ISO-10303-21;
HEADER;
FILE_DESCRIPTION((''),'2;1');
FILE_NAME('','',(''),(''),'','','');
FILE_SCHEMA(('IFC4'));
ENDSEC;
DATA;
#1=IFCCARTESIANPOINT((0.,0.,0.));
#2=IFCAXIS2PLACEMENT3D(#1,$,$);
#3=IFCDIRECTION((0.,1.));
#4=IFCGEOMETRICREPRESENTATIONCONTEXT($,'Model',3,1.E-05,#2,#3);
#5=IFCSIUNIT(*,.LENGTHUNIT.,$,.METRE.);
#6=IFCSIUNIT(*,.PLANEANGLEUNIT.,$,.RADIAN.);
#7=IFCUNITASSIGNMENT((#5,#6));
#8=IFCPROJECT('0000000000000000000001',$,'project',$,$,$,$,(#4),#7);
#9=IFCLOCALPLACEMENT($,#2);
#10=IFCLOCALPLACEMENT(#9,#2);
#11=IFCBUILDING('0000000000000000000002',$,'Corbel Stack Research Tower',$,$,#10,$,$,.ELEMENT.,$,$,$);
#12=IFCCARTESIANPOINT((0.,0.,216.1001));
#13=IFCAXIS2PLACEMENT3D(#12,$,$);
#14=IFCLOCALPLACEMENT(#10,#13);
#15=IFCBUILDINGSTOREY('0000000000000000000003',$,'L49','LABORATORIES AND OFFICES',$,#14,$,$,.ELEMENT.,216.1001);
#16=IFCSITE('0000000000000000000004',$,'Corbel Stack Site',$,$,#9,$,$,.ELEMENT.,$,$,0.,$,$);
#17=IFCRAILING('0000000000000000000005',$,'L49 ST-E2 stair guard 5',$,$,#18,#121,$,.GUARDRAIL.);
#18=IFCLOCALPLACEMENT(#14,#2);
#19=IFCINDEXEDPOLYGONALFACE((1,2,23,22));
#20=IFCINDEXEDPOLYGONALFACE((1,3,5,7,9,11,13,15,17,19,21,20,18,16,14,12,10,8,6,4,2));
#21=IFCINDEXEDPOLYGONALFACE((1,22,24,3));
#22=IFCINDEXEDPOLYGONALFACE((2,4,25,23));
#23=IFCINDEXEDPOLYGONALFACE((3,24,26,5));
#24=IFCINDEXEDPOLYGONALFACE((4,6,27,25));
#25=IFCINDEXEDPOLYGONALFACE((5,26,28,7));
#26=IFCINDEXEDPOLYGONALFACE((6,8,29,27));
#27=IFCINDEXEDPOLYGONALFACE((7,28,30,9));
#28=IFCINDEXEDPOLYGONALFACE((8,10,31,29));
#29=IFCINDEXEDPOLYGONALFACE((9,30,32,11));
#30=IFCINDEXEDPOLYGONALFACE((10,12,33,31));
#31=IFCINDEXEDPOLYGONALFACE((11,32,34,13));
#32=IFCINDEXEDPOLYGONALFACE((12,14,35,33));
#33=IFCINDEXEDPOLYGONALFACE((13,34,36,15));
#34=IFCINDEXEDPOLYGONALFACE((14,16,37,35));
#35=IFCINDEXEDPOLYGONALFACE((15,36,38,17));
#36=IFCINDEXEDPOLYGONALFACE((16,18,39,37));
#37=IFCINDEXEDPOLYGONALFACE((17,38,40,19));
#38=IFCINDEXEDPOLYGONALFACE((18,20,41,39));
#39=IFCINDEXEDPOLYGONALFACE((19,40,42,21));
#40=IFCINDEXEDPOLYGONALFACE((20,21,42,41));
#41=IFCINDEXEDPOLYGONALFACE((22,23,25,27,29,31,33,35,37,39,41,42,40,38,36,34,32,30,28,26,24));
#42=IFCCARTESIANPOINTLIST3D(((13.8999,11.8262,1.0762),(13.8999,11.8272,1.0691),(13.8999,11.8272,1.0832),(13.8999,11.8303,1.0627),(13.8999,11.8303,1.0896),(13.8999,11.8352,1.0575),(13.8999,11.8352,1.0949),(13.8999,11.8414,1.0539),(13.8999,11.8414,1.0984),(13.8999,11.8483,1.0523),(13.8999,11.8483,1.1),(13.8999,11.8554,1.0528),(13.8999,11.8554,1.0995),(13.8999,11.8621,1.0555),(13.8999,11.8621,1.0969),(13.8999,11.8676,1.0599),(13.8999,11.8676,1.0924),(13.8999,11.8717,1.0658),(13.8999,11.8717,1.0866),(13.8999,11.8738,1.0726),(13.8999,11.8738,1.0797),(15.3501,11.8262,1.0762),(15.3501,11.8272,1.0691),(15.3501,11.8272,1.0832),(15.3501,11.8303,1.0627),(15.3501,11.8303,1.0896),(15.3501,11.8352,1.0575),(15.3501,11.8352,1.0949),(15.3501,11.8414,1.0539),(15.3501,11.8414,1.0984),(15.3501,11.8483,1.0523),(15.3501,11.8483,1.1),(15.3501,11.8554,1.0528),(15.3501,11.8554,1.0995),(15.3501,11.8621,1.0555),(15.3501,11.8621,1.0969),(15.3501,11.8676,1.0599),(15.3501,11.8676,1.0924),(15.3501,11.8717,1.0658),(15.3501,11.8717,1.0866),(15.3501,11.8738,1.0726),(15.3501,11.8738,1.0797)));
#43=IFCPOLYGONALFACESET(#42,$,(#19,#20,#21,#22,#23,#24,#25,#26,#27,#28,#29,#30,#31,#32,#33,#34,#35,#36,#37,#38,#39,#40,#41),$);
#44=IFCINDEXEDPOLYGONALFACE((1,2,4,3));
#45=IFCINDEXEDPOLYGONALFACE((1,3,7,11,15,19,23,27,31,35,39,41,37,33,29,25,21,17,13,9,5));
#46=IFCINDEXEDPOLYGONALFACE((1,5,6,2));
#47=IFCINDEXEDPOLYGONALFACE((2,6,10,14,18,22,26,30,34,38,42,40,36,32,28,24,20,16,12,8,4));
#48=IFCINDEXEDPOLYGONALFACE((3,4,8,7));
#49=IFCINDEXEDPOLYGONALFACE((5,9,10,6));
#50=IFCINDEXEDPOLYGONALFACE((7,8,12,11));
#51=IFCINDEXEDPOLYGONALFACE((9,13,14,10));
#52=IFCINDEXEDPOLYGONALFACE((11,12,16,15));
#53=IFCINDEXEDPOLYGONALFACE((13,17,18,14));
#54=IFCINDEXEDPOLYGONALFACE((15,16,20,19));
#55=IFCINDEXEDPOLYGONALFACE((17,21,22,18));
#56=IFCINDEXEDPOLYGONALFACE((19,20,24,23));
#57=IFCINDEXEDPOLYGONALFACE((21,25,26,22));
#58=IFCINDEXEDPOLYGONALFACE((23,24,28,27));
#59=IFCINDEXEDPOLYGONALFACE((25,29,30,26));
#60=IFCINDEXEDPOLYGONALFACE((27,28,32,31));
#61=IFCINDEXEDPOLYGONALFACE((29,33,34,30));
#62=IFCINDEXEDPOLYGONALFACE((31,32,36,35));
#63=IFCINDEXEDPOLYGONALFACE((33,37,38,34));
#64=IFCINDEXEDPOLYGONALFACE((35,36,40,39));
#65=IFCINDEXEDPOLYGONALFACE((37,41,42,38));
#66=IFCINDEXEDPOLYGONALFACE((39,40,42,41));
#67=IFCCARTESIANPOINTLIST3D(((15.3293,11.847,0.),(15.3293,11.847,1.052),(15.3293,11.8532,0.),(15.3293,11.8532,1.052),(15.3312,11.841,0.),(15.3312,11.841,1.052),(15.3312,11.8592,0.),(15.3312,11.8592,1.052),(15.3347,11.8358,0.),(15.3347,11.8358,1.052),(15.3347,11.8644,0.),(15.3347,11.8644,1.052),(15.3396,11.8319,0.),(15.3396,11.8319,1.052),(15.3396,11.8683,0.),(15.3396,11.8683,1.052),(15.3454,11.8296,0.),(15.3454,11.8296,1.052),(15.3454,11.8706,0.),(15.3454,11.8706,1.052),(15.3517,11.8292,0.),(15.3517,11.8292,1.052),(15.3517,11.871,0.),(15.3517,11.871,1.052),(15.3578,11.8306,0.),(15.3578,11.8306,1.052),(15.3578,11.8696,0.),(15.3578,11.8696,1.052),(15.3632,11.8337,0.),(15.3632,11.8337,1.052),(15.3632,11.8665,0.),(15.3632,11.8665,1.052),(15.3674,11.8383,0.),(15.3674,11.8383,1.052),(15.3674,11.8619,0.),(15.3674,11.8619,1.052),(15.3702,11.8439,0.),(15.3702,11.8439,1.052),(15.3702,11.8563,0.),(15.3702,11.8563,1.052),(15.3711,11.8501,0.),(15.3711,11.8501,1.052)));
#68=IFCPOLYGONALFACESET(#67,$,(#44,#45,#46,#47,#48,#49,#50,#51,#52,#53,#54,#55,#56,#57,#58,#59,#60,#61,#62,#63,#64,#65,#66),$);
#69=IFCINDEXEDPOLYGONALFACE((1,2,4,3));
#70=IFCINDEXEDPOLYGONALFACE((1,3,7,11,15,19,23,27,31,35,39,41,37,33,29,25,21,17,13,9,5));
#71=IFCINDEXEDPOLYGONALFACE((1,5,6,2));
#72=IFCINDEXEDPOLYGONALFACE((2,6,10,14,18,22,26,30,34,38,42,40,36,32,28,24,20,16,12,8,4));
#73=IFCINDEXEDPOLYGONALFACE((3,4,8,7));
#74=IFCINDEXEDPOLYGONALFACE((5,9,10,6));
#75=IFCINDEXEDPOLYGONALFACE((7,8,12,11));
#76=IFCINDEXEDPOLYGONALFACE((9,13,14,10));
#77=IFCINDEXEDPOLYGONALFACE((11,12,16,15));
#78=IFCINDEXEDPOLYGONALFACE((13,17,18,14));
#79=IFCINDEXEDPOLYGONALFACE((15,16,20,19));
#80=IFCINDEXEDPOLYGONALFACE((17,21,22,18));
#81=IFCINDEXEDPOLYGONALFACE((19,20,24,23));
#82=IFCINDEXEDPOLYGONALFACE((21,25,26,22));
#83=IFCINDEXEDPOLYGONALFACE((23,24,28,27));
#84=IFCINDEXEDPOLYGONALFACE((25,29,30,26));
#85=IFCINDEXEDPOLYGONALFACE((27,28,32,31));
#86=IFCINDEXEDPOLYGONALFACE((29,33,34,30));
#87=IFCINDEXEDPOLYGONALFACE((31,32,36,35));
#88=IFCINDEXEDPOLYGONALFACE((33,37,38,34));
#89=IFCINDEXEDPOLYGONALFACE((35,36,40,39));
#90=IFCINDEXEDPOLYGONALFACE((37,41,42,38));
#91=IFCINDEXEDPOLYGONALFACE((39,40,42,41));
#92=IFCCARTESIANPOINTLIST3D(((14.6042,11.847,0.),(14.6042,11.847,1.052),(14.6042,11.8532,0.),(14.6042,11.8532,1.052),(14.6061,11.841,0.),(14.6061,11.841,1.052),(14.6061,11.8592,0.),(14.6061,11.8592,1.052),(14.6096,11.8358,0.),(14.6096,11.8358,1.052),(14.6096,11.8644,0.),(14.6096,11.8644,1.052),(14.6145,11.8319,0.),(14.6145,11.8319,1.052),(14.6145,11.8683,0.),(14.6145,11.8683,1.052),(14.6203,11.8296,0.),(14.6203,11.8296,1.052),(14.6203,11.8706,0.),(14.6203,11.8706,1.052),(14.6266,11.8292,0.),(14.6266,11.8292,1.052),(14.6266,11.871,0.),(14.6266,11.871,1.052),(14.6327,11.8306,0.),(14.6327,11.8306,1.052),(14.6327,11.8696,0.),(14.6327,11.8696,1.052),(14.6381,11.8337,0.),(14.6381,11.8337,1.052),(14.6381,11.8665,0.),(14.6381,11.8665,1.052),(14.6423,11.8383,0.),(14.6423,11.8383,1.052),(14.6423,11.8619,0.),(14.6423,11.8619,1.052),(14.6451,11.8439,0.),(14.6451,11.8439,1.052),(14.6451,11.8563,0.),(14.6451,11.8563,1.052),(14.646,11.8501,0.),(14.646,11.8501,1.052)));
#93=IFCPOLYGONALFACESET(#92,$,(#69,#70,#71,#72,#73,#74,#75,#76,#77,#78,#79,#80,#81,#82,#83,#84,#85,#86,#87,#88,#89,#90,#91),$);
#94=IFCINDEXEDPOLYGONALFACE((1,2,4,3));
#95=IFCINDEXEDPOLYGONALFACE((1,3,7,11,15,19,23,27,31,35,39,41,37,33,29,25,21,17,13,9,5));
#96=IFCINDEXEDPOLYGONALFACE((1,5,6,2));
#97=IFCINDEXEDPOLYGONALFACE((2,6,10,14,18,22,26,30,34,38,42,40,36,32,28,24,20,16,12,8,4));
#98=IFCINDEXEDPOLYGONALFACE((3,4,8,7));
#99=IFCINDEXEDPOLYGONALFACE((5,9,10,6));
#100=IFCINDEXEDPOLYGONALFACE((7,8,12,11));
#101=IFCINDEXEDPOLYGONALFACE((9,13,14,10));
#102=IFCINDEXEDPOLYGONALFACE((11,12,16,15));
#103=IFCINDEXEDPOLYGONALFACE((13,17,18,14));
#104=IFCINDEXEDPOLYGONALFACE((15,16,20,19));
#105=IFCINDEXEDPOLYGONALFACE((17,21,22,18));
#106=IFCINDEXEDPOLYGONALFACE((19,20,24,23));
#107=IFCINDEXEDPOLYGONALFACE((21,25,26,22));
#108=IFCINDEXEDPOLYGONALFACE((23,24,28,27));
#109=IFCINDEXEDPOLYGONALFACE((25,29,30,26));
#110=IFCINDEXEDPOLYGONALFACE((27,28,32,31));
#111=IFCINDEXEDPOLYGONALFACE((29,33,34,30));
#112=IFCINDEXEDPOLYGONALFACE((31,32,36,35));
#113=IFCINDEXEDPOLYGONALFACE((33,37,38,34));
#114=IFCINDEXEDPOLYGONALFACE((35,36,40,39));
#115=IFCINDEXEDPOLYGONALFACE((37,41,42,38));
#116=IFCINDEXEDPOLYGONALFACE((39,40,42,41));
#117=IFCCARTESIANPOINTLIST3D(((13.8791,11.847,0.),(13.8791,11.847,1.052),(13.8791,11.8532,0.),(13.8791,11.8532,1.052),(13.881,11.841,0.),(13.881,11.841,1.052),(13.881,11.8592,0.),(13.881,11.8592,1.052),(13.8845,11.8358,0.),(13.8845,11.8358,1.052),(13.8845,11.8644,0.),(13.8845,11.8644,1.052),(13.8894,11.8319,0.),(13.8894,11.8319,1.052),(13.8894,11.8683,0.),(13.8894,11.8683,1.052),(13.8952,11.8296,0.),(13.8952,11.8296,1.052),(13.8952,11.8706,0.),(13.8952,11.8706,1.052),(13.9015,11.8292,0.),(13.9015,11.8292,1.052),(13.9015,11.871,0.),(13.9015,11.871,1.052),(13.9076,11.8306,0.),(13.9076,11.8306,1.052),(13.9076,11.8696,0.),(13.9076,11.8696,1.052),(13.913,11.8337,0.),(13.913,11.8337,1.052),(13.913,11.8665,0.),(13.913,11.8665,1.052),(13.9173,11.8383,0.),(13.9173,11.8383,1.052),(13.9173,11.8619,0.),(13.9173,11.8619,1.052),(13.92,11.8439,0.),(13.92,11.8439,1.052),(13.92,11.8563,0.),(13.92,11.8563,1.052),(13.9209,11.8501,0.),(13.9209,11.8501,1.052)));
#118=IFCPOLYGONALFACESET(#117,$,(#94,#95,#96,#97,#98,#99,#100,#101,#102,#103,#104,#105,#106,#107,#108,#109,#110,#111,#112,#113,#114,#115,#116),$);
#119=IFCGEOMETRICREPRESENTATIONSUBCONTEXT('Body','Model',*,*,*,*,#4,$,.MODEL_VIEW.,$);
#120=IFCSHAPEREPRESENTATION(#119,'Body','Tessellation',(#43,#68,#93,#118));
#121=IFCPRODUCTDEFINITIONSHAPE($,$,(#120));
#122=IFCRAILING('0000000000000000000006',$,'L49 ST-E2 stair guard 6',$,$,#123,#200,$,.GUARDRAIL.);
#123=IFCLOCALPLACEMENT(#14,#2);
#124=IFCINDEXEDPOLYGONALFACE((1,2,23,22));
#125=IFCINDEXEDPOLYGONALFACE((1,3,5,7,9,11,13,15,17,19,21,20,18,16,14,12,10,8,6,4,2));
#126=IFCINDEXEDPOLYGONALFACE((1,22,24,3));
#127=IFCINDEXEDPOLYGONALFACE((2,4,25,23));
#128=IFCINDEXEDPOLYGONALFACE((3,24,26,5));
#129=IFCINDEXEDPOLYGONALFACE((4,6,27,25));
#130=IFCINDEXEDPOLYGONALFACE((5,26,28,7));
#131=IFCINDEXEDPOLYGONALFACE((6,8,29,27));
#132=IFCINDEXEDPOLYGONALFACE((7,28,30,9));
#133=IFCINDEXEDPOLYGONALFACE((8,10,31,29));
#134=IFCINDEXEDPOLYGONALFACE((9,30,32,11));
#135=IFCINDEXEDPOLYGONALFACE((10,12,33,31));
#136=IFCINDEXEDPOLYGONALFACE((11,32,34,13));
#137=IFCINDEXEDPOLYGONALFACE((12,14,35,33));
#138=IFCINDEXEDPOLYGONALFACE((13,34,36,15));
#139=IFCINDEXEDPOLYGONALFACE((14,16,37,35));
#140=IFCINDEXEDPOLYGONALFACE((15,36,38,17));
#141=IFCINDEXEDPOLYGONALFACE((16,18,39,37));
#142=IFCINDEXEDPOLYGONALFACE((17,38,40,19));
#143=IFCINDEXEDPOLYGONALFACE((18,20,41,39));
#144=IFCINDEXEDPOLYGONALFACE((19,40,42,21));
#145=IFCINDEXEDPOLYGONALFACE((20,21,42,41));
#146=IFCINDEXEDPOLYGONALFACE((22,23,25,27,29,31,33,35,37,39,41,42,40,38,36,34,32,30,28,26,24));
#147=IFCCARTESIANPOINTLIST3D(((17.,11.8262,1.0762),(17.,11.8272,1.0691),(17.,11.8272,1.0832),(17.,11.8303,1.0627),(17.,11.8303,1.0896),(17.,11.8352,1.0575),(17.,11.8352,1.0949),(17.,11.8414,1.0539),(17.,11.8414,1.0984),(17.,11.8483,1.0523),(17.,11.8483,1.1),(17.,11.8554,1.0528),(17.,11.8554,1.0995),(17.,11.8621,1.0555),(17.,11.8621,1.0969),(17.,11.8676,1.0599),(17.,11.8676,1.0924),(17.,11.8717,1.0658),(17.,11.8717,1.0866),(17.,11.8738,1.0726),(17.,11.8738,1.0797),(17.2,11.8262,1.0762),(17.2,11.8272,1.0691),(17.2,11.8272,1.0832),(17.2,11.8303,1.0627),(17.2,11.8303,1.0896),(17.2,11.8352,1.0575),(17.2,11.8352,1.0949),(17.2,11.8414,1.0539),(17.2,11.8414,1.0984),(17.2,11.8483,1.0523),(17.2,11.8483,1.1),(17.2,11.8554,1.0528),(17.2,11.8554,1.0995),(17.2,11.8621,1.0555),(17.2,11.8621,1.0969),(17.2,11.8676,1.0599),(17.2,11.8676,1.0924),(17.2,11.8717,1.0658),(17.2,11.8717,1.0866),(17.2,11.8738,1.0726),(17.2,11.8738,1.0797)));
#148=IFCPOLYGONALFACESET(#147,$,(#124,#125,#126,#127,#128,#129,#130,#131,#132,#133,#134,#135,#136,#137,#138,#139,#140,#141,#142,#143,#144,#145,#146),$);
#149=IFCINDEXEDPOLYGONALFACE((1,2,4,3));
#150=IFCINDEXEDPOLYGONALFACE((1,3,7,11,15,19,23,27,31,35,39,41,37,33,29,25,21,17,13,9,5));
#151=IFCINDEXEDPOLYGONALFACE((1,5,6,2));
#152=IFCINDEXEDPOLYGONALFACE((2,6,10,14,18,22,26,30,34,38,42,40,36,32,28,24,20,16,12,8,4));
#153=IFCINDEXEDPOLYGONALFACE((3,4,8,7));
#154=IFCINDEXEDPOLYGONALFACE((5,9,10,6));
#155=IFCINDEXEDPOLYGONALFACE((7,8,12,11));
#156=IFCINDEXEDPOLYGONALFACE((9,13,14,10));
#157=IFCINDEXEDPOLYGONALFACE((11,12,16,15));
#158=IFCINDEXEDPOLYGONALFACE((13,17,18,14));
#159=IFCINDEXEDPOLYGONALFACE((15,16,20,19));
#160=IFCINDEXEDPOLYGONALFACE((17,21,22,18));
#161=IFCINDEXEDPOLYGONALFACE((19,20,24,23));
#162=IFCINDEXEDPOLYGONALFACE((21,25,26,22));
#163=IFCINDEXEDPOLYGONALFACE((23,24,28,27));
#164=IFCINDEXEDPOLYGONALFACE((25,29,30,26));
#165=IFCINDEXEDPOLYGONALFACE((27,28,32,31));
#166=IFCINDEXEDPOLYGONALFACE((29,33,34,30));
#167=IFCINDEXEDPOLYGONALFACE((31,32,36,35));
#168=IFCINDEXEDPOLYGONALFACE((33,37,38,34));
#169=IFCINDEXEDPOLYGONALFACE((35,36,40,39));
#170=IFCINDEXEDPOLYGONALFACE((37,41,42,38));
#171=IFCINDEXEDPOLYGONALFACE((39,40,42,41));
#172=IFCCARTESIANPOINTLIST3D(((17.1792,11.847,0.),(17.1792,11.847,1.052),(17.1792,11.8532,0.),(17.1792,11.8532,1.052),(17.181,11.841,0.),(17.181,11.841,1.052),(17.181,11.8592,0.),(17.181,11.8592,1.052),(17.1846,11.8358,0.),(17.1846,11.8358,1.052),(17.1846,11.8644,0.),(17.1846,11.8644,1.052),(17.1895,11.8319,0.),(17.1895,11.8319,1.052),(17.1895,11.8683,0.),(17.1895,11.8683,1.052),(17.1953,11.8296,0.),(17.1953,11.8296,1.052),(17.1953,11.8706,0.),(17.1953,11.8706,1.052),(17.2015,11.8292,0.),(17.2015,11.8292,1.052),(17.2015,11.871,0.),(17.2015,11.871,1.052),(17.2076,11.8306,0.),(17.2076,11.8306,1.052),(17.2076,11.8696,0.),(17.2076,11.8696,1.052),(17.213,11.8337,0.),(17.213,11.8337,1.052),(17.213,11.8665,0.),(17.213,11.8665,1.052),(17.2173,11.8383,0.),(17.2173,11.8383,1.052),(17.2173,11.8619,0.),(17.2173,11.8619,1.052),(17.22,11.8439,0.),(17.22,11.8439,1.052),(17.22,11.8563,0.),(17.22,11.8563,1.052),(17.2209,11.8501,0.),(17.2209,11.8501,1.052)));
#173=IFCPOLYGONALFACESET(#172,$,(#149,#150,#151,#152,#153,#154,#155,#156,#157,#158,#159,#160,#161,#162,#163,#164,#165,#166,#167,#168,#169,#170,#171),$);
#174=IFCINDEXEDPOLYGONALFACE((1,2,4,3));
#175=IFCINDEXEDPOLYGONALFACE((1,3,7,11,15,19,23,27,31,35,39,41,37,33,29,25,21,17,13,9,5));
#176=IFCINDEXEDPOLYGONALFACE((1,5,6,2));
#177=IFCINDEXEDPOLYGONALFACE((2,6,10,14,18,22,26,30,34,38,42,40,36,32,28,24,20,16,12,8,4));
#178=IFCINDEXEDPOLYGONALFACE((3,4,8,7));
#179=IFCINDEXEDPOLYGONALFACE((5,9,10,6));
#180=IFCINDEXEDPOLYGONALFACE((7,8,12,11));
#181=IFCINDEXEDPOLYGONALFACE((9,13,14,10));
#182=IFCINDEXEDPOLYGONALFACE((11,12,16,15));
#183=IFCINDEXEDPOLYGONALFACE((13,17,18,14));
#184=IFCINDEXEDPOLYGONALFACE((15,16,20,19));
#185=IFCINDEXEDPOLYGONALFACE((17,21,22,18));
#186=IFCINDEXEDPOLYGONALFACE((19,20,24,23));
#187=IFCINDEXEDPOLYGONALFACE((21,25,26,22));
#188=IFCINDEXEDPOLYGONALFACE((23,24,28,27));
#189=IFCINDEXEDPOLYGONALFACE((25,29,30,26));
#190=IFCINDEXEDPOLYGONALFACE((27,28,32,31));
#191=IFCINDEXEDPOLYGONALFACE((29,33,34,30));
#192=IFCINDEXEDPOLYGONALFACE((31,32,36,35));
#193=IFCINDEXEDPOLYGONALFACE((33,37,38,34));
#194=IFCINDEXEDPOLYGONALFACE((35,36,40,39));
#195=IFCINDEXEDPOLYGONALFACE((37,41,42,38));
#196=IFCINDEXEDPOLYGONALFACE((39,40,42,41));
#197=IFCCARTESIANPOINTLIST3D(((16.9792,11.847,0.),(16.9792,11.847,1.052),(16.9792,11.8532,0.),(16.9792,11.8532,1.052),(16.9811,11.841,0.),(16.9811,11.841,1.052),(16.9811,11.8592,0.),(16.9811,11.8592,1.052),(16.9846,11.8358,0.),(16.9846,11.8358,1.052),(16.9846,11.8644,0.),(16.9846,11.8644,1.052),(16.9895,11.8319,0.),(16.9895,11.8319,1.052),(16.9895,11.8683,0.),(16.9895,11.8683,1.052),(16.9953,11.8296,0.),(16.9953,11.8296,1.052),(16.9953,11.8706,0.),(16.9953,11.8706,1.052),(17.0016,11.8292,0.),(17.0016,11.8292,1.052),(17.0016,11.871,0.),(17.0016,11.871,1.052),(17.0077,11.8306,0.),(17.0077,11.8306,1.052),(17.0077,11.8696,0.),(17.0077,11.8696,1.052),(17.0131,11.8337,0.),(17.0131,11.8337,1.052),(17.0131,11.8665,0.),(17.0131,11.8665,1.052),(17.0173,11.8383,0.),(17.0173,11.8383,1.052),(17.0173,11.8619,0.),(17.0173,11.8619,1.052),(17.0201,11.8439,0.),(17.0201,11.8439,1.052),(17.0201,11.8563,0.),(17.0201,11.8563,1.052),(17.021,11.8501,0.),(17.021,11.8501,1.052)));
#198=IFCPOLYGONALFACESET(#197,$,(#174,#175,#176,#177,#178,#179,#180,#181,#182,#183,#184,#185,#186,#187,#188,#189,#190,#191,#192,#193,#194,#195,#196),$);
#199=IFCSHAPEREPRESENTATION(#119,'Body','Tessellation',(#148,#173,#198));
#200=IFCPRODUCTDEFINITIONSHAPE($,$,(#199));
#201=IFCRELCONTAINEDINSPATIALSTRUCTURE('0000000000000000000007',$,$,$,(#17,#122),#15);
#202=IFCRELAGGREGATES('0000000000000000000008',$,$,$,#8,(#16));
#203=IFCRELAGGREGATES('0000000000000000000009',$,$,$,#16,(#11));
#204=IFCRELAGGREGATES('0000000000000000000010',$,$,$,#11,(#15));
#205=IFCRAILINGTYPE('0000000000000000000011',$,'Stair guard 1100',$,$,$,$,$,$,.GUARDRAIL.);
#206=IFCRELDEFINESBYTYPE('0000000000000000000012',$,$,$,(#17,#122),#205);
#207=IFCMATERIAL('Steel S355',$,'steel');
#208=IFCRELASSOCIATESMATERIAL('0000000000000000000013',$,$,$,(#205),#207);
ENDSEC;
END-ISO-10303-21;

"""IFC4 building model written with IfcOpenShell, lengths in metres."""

from ifc_helpers import new_model, si_unit, direction, frame, origin, origin_2d, place, context, subcontext, project, spatial, circle, extrude, material, type_object, element, save


model = new_model("IFC4")

# Units and contexts
model_context = context("Model", 3, precision=1e-05, world=origin(), true_north=direction((0.0, 1.0)))
body_context = subcontext(model_context, "Body", "Model", "MODEL_VIEW")
ifc_project = project(units=[si_unit("LENGTHUNIT", "METRE"), si_unit("PLANEANGLEUNIT", "RADIAN")], contexts=[model_context])

# Site, building, storey
site_placement = place(None, origin())
site = spatial("IfcSite", under=ifc_project, at=site_placement, Name="Corbel Stack Site", CompositionType="ELEMENT", RefElevation=0.0)
building_placement = place(site_placement, origin())
building = spatial("IfcBuilding", under=site, at=building_placement, Name="Corbel Stack Research Tower", CompositionType="ELEMENT")
storey_placement = place(building_placement, frame((0.0, 0.0, 216.1001)))
storey = spatial("IfcBuildingStorey", under=building, at=storey_placement, Name="L49", Description="LABORATORIES AND OFFICES", CompositionType="ELEMENT", Elevation=216.1001)

# Railings
ifc_material_1 = material(Name="Steel S355", Category="steel")
railing_type_1 = type_object("IfcRailingType", Name="Stair guard 1100", PredefinedType="GUARDRAIL", material=ifc_material_1)
railing_1_placement = place(storey_placement, frame((15.3501, 11.8501, 0.0)))
element("IfcRailing", 1, at=railing_1_placement, inside=storey, type_object=railing_type_1, Name="L49 ST-E2 stair guard 5", PredefinedType="GUARDRAIL", context=body_context, shape_type="SweptSolid", body=[
    extrude(circle(Radius=0.0239, at=origin_2d()), frame((0.0, 0.0, 1.0762), z_axis=(-1.0, 0.0, 0.0), x_axis=(0.0, -1.0, 0.0)), (0.0, 0.0, 1.0), 1.4502),
    extrude(circle(Radius=0.021, at=origin_2d()), origin(), (0.0, 0.0, 1.0), 1.052),
    extrude(circle(Radius=0.021, at=origin_2d()), frame((-0.7251, 0.0, 0.0)), (0.0, 0.0, 1.0), 1.052),
    extrude(circle(Radius=0.021, at=origin_2d()), frame((-1.4502, 0.0, 0.0)), (0.0, 0.0, 1.0), 1.052),
])
railing_2_placement = place(storey_placement, frame((17.2, 11.8501, 0.0)))
element("IfcRailing", 2, at=railing_2_placement, inside=storey, type_object=railing_type_1, Name="L49 ST-E2 stair guard 6", PredefinedType="GUARDRAIL", context=body_context, shape_type="SweptSolid", body=[
    extrude(circle(Radius=0.0239, at=origin_2d()), frame((0.0, 0.0, 1.0762), z_axis=(-1.0, 0.0, 0.0), x_axis=(0.0, -1.0, 0.0)), (0.0, 0.0, 1.0), 0.2),
    extrude(circle(Radius=0.021, at=origin_2d()), origin(), (0.0, 0.0, 1.0), 1.052),
    extrude(circle(Radius=0.021, at=origin_2d()), frame((-0.2, 0.0, 0.0)), (0.0, 0.0, 1.0), 1.052),
])

save(model, "model.ifc")
